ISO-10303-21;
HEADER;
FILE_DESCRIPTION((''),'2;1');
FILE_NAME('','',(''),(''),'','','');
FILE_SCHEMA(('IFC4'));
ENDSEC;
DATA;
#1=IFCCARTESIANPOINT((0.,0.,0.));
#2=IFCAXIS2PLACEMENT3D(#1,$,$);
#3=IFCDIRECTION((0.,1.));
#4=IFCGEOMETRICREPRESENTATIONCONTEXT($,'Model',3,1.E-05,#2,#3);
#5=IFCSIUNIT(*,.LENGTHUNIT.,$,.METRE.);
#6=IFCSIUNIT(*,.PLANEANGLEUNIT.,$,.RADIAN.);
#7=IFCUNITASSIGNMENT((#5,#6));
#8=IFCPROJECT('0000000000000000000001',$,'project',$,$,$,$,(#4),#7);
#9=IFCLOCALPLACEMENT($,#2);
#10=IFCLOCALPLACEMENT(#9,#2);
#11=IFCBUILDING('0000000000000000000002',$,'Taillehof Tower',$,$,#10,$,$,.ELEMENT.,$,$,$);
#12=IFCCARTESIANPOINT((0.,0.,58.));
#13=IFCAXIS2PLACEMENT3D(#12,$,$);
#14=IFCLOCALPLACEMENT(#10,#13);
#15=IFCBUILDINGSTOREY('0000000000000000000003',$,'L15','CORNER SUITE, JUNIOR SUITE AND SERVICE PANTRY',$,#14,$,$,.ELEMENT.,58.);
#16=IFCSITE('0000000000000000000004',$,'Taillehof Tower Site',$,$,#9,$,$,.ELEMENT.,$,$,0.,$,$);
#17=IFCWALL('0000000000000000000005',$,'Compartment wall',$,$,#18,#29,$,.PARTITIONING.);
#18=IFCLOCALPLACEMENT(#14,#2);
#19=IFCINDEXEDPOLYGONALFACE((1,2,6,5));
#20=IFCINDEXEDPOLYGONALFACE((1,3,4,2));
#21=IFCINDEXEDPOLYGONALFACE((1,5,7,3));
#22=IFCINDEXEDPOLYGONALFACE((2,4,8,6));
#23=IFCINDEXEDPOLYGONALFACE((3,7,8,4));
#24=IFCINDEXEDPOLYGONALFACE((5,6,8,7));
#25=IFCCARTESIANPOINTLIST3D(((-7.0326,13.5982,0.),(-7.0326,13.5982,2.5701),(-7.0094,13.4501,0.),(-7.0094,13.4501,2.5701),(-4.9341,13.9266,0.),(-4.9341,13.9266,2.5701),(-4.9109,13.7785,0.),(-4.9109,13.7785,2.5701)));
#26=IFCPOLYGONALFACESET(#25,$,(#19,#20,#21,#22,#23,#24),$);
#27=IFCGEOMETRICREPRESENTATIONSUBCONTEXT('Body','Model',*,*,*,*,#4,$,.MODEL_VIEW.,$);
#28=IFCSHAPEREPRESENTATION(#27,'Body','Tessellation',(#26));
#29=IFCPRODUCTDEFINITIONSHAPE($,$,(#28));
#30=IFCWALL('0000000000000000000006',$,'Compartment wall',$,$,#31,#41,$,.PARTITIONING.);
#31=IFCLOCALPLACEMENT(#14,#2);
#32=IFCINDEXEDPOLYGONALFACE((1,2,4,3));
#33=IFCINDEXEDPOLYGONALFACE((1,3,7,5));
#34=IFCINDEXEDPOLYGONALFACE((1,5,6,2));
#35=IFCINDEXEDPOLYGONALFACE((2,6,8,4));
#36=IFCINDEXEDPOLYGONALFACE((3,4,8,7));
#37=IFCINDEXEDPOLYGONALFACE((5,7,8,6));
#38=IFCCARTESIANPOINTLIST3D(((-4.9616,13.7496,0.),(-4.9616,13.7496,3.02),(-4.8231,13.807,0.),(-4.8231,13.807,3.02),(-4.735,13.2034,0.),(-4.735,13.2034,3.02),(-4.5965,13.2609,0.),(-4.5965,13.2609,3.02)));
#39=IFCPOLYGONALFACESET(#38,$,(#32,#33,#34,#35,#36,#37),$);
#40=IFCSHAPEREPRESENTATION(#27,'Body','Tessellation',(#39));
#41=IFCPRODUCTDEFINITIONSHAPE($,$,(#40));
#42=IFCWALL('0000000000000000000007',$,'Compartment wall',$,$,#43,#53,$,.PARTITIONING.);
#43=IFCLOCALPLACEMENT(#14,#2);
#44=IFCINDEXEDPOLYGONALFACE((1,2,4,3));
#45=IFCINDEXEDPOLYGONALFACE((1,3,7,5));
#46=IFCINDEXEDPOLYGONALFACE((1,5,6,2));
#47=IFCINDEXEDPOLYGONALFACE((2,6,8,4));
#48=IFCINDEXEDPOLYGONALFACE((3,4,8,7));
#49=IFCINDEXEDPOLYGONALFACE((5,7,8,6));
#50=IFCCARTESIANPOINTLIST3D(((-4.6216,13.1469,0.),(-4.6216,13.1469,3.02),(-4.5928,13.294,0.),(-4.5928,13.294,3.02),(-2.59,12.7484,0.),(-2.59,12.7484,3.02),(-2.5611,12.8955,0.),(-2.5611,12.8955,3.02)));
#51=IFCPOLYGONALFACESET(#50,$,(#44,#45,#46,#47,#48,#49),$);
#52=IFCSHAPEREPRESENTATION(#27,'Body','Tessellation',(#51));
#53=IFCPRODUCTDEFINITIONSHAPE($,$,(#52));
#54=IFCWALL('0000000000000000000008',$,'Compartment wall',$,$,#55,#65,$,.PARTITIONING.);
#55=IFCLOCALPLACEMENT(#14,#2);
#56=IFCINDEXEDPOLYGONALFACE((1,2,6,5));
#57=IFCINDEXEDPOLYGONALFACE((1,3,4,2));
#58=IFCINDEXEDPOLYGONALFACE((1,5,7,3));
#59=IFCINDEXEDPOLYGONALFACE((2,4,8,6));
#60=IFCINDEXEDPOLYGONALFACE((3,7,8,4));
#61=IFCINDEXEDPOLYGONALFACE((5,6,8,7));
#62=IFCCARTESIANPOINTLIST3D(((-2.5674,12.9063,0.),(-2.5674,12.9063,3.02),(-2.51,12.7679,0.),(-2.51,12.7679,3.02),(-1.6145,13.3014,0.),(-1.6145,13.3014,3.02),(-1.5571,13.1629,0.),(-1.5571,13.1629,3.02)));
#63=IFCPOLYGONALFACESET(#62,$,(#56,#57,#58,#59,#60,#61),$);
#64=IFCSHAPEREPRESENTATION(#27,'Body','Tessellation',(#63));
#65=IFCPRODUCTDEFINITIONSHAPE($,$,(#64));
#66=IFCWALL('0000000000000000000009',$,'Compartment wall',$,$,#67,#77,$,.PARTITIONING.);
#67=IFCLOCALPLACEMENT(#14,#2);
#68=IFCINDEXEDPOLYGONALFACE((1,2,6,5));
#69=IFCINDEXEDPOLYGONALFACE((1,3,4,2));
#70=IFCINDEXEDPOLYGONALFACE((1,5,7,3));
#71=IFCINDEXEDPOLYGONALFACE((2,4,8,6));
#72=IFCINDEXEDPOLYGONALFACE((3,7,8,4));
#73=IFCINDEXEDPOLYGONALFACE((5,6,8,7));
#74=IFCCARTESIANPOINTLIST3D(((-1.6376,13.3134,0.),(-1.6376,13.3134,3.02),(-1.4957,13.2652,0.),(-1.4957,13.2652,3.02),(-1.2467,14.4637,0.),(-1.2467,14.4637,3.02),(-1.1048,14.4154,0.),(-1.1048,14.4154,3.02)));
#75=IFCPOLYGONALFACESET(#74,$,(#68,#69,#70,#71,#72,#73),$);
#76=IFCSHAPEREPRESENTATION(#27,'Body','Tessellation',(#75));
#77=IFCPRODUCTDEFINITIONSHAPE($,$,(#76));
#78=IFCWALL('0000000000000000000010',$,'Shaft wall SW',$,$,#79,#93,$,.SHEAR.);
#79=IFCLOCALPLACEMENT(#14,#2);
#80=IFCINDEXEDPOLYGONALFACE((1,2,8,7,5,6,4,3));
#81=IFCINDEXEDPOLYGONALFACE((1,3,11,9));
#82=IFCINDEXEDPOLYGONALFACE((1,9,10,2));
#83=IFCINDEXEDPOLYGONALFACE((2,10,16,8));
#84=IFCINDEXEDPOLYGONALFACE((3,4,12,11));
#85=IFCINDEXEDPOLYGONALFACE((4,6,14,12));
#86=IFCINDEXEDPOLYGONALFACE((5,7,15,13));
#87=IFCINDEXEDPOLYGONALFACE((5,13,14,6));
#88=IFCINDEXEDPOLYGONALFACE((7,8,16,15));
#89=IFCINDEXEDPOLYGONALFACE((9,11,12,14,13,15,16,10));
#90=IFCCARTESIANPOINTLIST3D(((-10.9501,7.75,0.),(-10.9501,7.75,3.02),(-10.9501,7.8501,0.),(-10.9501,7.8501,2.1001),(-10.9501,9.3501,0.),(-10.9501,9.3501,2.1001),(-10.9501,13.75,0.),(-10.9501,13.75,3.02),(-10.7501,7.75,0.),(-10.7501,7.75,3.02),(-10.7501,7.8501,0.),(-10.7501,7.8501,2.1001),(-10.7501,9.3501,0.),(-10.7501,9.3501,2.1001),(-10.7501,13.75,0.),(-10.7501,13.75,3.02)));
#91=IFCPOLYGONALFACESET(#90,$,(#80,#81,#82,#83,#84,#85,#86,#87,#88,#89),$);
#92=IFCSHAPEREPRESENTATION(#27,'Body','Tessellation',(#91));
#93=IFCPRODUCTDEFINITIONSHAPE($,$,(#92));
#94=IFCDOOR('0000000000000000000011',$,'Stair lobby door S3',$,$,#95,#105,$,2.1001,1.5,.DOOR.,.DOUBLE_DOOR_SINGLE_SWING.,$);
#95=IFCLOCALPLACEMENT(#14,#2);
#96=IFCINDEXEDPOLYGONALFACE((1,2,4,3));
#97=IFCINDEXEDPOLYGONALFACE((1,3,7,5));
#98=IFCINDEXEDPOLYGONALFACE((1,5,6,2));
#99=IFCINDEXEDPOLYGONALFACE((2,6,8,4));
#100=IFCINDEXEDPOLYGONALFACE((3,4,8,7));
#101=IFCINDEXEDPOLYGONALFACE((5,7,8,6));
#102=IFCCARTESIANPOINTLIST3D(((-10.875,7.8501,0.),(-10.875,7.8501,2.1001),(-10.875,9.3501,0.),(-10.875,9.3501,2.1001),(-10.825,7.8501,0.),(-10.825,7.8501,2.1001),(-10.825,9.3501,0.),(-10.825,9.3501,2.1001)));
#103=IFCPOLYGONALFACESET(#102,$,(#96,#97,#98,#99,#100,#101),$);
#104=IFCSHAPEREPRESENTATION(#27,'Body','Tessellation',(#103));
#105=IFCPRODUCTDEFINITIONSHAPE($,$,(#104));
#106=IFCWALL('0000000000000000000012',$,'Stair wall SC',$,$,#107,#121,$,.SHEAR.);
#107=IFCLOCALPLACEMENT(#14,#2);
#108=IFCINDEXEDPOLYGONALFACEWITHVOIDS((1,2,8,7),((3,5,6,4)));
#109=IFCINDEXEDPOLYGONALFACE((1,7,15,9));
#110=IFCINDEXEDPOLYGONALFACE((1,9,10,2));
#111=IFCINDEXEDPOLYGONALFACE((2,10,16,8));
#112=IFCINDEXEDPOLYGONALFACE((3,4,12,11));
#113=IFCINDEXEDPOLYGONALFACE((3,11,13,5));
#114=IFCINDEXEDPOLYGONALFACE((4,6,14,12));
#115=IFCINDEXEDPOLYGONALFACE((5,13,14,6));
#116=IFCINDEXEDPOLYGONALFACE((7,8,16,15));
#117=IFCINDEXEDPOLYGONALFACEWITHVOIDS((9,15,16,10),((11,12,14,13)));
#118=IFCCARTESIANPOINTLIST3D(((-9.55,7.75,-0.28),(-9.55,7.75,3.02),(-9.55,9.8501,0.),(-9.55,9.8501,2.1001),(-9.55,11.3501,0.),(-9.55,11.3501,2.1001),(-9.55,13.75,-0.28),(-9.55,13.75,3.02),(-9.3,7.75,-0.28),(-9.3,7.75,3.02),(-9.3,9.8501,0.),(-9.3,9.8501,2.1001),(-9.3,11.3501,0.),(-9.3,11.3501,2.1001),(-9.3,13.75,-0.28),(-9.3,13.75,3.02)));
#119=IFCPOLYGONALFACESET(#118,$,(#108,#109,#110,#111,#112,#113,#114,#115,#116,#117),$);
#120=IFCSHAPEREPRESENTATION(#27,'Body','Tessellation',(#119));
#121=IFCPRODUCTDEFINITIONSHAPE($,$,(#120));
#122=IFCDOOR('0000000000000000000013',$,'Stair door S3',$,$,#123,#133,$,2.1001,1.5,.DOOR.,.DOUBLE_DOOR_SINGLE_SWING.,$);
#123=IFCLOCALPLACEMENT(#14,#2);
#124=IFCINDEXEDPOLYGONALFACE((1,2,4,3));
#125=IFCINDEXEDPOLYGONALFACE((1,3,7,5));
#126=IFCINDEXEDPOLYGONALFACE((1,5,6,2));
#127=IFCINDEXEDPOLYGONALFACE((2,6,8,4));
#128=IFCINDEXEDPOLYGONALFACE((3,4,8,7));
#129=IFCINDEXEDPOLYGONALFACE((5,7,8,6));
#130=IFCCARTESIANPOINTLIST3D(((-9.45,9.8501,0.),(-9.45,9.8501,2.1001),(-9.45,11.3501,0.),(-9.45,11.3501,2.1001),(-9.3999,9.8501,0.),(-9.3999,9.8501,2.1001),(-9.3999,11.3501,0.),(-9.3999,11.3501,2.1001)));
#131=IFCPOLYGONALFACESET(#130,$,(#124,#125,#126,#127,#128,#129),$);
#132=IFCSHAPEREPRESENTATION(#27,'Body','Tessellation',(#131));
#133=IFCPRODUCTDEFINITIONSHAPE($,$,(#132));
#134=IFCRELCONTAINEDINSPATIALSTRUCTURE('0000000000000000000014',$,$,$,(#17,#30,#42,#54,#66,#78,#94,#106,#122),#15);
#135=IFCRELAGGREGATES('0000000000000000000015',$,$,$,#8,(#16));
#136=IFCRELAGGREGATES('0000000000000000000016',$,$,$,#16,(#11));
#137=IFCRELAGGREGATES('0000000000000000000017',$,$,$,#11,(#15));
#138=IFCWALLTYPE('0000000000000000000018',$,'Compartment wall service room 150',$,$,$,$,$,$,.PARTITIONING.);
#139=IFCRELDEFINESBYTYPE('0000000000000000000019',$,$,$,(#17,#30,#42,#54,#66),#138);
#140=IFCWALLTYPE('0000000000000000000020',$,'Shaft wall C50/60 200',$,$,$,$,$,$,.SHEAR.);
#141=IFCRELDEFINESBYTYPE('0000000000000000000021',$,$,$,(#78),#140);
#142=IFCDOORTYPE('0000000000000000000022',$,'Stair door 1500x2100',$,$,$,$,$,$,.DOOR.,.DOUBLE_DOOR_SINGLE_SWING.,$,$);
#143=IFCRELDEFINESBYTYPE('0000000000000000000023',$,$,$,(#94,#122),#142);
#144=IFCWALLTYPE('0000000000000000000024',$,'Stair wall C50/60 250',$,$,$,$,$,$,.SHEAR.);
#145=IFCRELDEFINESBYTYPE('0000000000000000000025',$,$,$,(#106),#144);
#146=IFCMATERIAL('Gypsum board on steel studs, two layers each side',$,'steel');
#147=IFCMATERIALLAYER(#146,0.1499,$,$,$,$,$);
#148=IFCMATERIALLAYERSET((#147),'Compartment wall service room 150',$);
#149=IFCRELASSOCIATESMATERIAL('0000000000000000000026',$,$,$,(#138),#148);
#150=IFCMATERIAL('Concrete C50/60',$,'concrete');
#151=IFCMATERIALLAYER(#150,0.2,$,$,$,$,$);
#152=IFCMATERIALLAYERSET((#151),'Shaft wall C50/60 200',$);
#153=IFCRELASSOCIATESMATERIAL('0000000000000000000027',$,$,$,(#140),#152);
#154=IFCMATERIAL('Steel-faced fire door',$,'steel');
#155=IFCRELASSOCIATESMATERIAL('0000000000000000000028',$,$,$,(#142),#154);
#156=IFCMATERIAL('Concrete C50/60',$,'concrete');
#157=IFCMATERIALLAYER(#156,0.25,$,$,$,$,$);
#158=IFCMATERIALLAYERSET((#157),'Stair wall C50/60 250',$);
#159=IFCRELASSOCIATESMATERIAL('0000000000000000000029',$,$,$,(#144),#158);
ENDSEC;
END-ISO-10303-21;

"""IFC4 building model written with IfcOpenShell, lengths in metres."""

from ifc_helpers import new_model, si_unit, direction, frame, frame_2d, origin, place, context, subcontext, project, spatial, rectangle, extrude, material, layer, layer_set, type_object, element, fill, save


model = new_model("IFC4")

# Units and contexts
model_context = context("Model", 3, precision=1e-05, world=origin(), true_north=direction((0.0, 1.0)))
body_context = subcontext(model_context, "Body", "Model", "MODEL_VIEW")
ifc_project = project(units=[si_unit("LENGTHUNIT", "METRE"), si_unit("PLANEANGLEUNIT", "RADIAN")], contexts=[model_context])

# Site, building, storey
site_placement = place(None, origin())
site = spatial("IfcSite", under=ifc_project, at=site_placement, Name="Taillehof Tower Site", CompositionType="ELEMENT", RefElevation=0.0)
building_placement = place(site_placement, origin())
building = spatial("IfcBuilding", under=site, at=building_placement, Name="Taillehof Tower", CompositionType="ELEMENT")
storey_placement = place(building_placement, frame((0.0, 0.0, 58.0)))
storey = spatial("IfcBuildingStorey", under=building, at=storey_placement, Name="L15", Description="CORNER SUITE, JUNIOR SUITE AND SERVICE PANTRY", CompositionType="ELEMENT", Elevation=58.0)

# Shared definitions
ifc_material_1 = material(Name="Gypsum board on steel studs, two layers each side", Category="steel")
ifc_layer_1 = layer(ifc_material_1, 0.1499)
ifc_layer_set_1 = layer_set([ifc_layer_1], Name="Compartment wall service room 150")
wall_type_1 = type_object("IfcWallType", Name="Compartment wall service room 150", PredefinedType="PARTITIONING", material=ifc_layer_set_1)

# Walls
wall_1_placement = place(storey_placement, frame((-7.021, 13.5242, 0.0), z_axis=(0.0, 0.0, 1.0), x_axis=(0.987976, 0.154605, 0.0)))
element("IfcWall", 1, at=wall_1_placement, inside=storey, type_object=wall_type_1, Name="Compartment wall", PredefinedType="PARTITIONING", context=body_context, shape_type="SweptSolid", body=[
    extrude(rectangle(XDim=2.124, YDim=0.1499, at=frame_2d((1.062, 0.0))), origin(), (0.0, 0.0, 1.0), 2.5701),
])
wall_2_placement = place(storey_placement, frame((-4.8923, 13.7783, 0.0), z_axis=(0.0, 0.0, 1.0), x_axis=(0.383178, -0.923674, 0.0)))
element("IfcWall", 2, at=wall_2_placement, inside=storey, type_object=wall_type_1, Name="Compartment wall", PredefinedType="PARTITIONING", context=body_context, shape_type="SweptSolid", body=[
    extrude(rectangle(XDim=0.5913, YDim=0.1499, at=frame_2d((0.2957, 0.0))), origin(), (0.0, 0.0, 1.0), 3.02),
])
wall_3_placement = place(storey_placement, frame((-4.6072, 13.2205, 0.0), z_axis=(0.0, 0.0, 1.0), x_axis=(0.981304, -0.192463, 0.0)))
element("IfcWall", 3, at=wall_3_placement, inside=storey, type_object=wall_type_1, Name="Compartment wall", PredefinedType="PARTITIONING", context=body_context, shape_type="SweptSolid", body=[
    extrude(rectangle(XDim=2.0703, YDim=0.1499, at=frame_2d((1.0352, 0.0))), origin(), (0.0, 0.0, 1.0), 3.02),
])
wall_4_placement = place(storey_placement, frame((-2.5386, 12.8372, 0.0), z_axis=(0.0, 0.0, 1.0), x_axis=(0.923769, 0.382951, 0.0)))
element("IfcWall", 4, at=wall_4_placement, inside=storey, type_object=wall_type_1, Name="Compartment wall", PredefinedType="PARTITIONING", context=body_context, shape_type="SweptSolid", body=[
    extrude(rectangle(XDim=1.0315, YDim=0.1499, at=frame_2d((0.5156, 0.0))), origin(), (0.0, 0.0, 1.0), 3.02),
])
wall_5_placement = place(storey_placement, frame((-1.5667, 13.2893, 0.0), z_axis=(0.0, 0.0, 1.0), x_axis=(0.321769, 0.946818, 0.0)))
element("IfcWall", 5, at=wall_5_placement, inside=storey, type_object=wall_type_1, Name="Compartment wall", PredefinedType="PARTITIONING", context=body_context, shape_type="SweptSolid", body=[
    extrude(rectangle(XDim=1.2148, YDim=0.1499, at=frame_2d((0.6074, 0.0))), origin(), (0.0, 0.0, 1.0), 3.02),
])

# Walls, openings, doors
ifc_material_2 = material(Name="Concrete C50/60", Category="concrete")
ifc_layer_2 = layer(ifc_material_2, 0.2)
ifc_layer_set_2 = layer_set([ifc_layer_2], Name="Shaft wall C50/60 200")
wall_type_2 = type_object("IfcWallType", Name="Shaft wall C50/60 200", PredefinedType="SHEAR", material=ifc_layer_set_2)
wall_6_placement = place(storey_placement, frame((-10.8501, 7.75, 0.0), z_axis=(0.0, 0.0, 1.0), x_axis=(0.0, 1.0, 0.0)))
wall_6 = element("IfcWall", 6, at=wall_6_placement, inside=storey, type_object=wall_type_2, Name="Shaft wall SW", PredefinedType="SHEAR", context=body_context, shape_type="SweptSolid", body=[
    extrude(rectangle(XDim=6.0, YDim=0.2, at=frame_2d((3.0, 0.0))), origin(), (0.0, 0.0, 1.0), 3.02),
])
opening_1_placement = place(wall_6_placement, frame((0.1001, 0.0, 0.0)))
opening_1 = element("IfcOpeningElement", 7, at=opening_1_placement, cuts=wall_6, PredefinedType="OPENING", context=body_context, shape_type="SweptSolid", body=[
    extrude(rectangle(XDim=1.5, YDim=2.1001, at=frame_2d((0.75, 1.05))), frame((0.0, 0.1099, 0.0), z_axis=(0.0, -1.0, 0.0), x_axis=(1.0, 0.0, 0.0)), (0.0, 0.0, 1.0), 0.22),
])
ifc_material_3 = material(Name="Steel-faced fire door", Category="steel")
door_type_1 = type_object("IfcDoorType", Name="Stair door 1500x2100", OperationType="DOUBLE_DOOR_SINGLE_SWING", PredefinedType="DOOR", material=ifc_material_3)
door_1_placement = place(opening_1_placement, origin())
door_1 = element("IfcDoor", 8, at=door_1_placement, inside=storey, type_object=door_type_1, Name="Stair lobby door S3", OperationType="DOUBLE_DOOR_SINGLE_SWING", OverallHeight=2.1001, OverallWidth=1.5, PredefinedType="DOOR", context=body_context, shape_type="SweptSolid", body=[
    extrude(rectangle(XDim=1.5, YDim=2.1001, at=frame_2d((0.75, 1.05))), frame((0.0, 0.0249, 0.0), z_axis=(0.0, -1.0, 0.0), x_axis=(1.0, 0.0, 0.0)), (0.0, 0.0, 1.0), 0.05),
])
fill(opening_1, door_1)
ifc_material_4 = material(Name="Concrete C50/60", Category="concrete")
ifc_layer_3 = layer(ifc_material_4, 0.25)
ifc_layer_set_3 = layer_set([ifc_layer_3], Name="Stair wall C50/60 250")
wall_type_3 = type_object("IfcWallType", Name="Stair wall C50/60 250", PredefinedType="SHEAR", material=ifc_layer_set_3)
wall_7_placement = place(storey_placement, frame((-9.425, 7.75, -0.28), z_axis=(0.0, 0.0, 1.0), x_axis=(0.0, 1.0, 0.0)))
wall_7 = element("IfcWall", 9, at=wall_7_placement, inside=storey, type_object=wall_type_3, Name="Stair wall SC", PredefinedType="SHEAR", context=body_context, shape_type="SweptSolid", body=[
    extrude(rectangle(XDim=6.0, YDim=0.25, at=frame_2d((3.0, 0.0))), origin(), (0.0, 0.0, 1.0), 3.3),
])
opening_2_placement = place(wall_7_placement, frame((2.1001, 0.0, 0.28)))
opening_2 = element("IfcOpeningElement", 10, at=opening_2_placement, cuts=wall_7, PredefinedType="OPENING", context=body_context, shape_type="SweptSolid", body=[
    extrude(rectangle(XDim=1.5, YDim=2.1001, at=frame_2d((0.75, 1.05))), frame((0.0, 0.135, 0.0), z_axis=(0.0, -1.0, 0.0), x_axis=(1.0, 0.0, 0.0)), (0.0, 0.0, 1.0), 0.27),
])
door_2_placement = place(opening_2_placement, origin())
door_2 = element("IfcDoor", 11, at=door_2_placement, inside=storey, type_object=door_type_1, Name="Stair door S3", OperationType="DOUBLE_DOOR_SINGLE_SWING", OverallHeight=2.1001, OverallWidth=1.5, PredefinedType="DOOR", context=body_context, shape_type="SweptSolid", body=[
    extrude(rectangle(XDim=1.5, YDim=2.1001, at=frame_2d((0.75, 1.05))), frame((0.0, 0.0249, 0.0), z_axis=(0.0, -1.0, 0.0), x_axis=(1.0, 0.0, 0.0)), (0.0, 0.0, 1.0), 0.05),
])
fill(opening_2, door_2)

save(model, "model.ifc")
